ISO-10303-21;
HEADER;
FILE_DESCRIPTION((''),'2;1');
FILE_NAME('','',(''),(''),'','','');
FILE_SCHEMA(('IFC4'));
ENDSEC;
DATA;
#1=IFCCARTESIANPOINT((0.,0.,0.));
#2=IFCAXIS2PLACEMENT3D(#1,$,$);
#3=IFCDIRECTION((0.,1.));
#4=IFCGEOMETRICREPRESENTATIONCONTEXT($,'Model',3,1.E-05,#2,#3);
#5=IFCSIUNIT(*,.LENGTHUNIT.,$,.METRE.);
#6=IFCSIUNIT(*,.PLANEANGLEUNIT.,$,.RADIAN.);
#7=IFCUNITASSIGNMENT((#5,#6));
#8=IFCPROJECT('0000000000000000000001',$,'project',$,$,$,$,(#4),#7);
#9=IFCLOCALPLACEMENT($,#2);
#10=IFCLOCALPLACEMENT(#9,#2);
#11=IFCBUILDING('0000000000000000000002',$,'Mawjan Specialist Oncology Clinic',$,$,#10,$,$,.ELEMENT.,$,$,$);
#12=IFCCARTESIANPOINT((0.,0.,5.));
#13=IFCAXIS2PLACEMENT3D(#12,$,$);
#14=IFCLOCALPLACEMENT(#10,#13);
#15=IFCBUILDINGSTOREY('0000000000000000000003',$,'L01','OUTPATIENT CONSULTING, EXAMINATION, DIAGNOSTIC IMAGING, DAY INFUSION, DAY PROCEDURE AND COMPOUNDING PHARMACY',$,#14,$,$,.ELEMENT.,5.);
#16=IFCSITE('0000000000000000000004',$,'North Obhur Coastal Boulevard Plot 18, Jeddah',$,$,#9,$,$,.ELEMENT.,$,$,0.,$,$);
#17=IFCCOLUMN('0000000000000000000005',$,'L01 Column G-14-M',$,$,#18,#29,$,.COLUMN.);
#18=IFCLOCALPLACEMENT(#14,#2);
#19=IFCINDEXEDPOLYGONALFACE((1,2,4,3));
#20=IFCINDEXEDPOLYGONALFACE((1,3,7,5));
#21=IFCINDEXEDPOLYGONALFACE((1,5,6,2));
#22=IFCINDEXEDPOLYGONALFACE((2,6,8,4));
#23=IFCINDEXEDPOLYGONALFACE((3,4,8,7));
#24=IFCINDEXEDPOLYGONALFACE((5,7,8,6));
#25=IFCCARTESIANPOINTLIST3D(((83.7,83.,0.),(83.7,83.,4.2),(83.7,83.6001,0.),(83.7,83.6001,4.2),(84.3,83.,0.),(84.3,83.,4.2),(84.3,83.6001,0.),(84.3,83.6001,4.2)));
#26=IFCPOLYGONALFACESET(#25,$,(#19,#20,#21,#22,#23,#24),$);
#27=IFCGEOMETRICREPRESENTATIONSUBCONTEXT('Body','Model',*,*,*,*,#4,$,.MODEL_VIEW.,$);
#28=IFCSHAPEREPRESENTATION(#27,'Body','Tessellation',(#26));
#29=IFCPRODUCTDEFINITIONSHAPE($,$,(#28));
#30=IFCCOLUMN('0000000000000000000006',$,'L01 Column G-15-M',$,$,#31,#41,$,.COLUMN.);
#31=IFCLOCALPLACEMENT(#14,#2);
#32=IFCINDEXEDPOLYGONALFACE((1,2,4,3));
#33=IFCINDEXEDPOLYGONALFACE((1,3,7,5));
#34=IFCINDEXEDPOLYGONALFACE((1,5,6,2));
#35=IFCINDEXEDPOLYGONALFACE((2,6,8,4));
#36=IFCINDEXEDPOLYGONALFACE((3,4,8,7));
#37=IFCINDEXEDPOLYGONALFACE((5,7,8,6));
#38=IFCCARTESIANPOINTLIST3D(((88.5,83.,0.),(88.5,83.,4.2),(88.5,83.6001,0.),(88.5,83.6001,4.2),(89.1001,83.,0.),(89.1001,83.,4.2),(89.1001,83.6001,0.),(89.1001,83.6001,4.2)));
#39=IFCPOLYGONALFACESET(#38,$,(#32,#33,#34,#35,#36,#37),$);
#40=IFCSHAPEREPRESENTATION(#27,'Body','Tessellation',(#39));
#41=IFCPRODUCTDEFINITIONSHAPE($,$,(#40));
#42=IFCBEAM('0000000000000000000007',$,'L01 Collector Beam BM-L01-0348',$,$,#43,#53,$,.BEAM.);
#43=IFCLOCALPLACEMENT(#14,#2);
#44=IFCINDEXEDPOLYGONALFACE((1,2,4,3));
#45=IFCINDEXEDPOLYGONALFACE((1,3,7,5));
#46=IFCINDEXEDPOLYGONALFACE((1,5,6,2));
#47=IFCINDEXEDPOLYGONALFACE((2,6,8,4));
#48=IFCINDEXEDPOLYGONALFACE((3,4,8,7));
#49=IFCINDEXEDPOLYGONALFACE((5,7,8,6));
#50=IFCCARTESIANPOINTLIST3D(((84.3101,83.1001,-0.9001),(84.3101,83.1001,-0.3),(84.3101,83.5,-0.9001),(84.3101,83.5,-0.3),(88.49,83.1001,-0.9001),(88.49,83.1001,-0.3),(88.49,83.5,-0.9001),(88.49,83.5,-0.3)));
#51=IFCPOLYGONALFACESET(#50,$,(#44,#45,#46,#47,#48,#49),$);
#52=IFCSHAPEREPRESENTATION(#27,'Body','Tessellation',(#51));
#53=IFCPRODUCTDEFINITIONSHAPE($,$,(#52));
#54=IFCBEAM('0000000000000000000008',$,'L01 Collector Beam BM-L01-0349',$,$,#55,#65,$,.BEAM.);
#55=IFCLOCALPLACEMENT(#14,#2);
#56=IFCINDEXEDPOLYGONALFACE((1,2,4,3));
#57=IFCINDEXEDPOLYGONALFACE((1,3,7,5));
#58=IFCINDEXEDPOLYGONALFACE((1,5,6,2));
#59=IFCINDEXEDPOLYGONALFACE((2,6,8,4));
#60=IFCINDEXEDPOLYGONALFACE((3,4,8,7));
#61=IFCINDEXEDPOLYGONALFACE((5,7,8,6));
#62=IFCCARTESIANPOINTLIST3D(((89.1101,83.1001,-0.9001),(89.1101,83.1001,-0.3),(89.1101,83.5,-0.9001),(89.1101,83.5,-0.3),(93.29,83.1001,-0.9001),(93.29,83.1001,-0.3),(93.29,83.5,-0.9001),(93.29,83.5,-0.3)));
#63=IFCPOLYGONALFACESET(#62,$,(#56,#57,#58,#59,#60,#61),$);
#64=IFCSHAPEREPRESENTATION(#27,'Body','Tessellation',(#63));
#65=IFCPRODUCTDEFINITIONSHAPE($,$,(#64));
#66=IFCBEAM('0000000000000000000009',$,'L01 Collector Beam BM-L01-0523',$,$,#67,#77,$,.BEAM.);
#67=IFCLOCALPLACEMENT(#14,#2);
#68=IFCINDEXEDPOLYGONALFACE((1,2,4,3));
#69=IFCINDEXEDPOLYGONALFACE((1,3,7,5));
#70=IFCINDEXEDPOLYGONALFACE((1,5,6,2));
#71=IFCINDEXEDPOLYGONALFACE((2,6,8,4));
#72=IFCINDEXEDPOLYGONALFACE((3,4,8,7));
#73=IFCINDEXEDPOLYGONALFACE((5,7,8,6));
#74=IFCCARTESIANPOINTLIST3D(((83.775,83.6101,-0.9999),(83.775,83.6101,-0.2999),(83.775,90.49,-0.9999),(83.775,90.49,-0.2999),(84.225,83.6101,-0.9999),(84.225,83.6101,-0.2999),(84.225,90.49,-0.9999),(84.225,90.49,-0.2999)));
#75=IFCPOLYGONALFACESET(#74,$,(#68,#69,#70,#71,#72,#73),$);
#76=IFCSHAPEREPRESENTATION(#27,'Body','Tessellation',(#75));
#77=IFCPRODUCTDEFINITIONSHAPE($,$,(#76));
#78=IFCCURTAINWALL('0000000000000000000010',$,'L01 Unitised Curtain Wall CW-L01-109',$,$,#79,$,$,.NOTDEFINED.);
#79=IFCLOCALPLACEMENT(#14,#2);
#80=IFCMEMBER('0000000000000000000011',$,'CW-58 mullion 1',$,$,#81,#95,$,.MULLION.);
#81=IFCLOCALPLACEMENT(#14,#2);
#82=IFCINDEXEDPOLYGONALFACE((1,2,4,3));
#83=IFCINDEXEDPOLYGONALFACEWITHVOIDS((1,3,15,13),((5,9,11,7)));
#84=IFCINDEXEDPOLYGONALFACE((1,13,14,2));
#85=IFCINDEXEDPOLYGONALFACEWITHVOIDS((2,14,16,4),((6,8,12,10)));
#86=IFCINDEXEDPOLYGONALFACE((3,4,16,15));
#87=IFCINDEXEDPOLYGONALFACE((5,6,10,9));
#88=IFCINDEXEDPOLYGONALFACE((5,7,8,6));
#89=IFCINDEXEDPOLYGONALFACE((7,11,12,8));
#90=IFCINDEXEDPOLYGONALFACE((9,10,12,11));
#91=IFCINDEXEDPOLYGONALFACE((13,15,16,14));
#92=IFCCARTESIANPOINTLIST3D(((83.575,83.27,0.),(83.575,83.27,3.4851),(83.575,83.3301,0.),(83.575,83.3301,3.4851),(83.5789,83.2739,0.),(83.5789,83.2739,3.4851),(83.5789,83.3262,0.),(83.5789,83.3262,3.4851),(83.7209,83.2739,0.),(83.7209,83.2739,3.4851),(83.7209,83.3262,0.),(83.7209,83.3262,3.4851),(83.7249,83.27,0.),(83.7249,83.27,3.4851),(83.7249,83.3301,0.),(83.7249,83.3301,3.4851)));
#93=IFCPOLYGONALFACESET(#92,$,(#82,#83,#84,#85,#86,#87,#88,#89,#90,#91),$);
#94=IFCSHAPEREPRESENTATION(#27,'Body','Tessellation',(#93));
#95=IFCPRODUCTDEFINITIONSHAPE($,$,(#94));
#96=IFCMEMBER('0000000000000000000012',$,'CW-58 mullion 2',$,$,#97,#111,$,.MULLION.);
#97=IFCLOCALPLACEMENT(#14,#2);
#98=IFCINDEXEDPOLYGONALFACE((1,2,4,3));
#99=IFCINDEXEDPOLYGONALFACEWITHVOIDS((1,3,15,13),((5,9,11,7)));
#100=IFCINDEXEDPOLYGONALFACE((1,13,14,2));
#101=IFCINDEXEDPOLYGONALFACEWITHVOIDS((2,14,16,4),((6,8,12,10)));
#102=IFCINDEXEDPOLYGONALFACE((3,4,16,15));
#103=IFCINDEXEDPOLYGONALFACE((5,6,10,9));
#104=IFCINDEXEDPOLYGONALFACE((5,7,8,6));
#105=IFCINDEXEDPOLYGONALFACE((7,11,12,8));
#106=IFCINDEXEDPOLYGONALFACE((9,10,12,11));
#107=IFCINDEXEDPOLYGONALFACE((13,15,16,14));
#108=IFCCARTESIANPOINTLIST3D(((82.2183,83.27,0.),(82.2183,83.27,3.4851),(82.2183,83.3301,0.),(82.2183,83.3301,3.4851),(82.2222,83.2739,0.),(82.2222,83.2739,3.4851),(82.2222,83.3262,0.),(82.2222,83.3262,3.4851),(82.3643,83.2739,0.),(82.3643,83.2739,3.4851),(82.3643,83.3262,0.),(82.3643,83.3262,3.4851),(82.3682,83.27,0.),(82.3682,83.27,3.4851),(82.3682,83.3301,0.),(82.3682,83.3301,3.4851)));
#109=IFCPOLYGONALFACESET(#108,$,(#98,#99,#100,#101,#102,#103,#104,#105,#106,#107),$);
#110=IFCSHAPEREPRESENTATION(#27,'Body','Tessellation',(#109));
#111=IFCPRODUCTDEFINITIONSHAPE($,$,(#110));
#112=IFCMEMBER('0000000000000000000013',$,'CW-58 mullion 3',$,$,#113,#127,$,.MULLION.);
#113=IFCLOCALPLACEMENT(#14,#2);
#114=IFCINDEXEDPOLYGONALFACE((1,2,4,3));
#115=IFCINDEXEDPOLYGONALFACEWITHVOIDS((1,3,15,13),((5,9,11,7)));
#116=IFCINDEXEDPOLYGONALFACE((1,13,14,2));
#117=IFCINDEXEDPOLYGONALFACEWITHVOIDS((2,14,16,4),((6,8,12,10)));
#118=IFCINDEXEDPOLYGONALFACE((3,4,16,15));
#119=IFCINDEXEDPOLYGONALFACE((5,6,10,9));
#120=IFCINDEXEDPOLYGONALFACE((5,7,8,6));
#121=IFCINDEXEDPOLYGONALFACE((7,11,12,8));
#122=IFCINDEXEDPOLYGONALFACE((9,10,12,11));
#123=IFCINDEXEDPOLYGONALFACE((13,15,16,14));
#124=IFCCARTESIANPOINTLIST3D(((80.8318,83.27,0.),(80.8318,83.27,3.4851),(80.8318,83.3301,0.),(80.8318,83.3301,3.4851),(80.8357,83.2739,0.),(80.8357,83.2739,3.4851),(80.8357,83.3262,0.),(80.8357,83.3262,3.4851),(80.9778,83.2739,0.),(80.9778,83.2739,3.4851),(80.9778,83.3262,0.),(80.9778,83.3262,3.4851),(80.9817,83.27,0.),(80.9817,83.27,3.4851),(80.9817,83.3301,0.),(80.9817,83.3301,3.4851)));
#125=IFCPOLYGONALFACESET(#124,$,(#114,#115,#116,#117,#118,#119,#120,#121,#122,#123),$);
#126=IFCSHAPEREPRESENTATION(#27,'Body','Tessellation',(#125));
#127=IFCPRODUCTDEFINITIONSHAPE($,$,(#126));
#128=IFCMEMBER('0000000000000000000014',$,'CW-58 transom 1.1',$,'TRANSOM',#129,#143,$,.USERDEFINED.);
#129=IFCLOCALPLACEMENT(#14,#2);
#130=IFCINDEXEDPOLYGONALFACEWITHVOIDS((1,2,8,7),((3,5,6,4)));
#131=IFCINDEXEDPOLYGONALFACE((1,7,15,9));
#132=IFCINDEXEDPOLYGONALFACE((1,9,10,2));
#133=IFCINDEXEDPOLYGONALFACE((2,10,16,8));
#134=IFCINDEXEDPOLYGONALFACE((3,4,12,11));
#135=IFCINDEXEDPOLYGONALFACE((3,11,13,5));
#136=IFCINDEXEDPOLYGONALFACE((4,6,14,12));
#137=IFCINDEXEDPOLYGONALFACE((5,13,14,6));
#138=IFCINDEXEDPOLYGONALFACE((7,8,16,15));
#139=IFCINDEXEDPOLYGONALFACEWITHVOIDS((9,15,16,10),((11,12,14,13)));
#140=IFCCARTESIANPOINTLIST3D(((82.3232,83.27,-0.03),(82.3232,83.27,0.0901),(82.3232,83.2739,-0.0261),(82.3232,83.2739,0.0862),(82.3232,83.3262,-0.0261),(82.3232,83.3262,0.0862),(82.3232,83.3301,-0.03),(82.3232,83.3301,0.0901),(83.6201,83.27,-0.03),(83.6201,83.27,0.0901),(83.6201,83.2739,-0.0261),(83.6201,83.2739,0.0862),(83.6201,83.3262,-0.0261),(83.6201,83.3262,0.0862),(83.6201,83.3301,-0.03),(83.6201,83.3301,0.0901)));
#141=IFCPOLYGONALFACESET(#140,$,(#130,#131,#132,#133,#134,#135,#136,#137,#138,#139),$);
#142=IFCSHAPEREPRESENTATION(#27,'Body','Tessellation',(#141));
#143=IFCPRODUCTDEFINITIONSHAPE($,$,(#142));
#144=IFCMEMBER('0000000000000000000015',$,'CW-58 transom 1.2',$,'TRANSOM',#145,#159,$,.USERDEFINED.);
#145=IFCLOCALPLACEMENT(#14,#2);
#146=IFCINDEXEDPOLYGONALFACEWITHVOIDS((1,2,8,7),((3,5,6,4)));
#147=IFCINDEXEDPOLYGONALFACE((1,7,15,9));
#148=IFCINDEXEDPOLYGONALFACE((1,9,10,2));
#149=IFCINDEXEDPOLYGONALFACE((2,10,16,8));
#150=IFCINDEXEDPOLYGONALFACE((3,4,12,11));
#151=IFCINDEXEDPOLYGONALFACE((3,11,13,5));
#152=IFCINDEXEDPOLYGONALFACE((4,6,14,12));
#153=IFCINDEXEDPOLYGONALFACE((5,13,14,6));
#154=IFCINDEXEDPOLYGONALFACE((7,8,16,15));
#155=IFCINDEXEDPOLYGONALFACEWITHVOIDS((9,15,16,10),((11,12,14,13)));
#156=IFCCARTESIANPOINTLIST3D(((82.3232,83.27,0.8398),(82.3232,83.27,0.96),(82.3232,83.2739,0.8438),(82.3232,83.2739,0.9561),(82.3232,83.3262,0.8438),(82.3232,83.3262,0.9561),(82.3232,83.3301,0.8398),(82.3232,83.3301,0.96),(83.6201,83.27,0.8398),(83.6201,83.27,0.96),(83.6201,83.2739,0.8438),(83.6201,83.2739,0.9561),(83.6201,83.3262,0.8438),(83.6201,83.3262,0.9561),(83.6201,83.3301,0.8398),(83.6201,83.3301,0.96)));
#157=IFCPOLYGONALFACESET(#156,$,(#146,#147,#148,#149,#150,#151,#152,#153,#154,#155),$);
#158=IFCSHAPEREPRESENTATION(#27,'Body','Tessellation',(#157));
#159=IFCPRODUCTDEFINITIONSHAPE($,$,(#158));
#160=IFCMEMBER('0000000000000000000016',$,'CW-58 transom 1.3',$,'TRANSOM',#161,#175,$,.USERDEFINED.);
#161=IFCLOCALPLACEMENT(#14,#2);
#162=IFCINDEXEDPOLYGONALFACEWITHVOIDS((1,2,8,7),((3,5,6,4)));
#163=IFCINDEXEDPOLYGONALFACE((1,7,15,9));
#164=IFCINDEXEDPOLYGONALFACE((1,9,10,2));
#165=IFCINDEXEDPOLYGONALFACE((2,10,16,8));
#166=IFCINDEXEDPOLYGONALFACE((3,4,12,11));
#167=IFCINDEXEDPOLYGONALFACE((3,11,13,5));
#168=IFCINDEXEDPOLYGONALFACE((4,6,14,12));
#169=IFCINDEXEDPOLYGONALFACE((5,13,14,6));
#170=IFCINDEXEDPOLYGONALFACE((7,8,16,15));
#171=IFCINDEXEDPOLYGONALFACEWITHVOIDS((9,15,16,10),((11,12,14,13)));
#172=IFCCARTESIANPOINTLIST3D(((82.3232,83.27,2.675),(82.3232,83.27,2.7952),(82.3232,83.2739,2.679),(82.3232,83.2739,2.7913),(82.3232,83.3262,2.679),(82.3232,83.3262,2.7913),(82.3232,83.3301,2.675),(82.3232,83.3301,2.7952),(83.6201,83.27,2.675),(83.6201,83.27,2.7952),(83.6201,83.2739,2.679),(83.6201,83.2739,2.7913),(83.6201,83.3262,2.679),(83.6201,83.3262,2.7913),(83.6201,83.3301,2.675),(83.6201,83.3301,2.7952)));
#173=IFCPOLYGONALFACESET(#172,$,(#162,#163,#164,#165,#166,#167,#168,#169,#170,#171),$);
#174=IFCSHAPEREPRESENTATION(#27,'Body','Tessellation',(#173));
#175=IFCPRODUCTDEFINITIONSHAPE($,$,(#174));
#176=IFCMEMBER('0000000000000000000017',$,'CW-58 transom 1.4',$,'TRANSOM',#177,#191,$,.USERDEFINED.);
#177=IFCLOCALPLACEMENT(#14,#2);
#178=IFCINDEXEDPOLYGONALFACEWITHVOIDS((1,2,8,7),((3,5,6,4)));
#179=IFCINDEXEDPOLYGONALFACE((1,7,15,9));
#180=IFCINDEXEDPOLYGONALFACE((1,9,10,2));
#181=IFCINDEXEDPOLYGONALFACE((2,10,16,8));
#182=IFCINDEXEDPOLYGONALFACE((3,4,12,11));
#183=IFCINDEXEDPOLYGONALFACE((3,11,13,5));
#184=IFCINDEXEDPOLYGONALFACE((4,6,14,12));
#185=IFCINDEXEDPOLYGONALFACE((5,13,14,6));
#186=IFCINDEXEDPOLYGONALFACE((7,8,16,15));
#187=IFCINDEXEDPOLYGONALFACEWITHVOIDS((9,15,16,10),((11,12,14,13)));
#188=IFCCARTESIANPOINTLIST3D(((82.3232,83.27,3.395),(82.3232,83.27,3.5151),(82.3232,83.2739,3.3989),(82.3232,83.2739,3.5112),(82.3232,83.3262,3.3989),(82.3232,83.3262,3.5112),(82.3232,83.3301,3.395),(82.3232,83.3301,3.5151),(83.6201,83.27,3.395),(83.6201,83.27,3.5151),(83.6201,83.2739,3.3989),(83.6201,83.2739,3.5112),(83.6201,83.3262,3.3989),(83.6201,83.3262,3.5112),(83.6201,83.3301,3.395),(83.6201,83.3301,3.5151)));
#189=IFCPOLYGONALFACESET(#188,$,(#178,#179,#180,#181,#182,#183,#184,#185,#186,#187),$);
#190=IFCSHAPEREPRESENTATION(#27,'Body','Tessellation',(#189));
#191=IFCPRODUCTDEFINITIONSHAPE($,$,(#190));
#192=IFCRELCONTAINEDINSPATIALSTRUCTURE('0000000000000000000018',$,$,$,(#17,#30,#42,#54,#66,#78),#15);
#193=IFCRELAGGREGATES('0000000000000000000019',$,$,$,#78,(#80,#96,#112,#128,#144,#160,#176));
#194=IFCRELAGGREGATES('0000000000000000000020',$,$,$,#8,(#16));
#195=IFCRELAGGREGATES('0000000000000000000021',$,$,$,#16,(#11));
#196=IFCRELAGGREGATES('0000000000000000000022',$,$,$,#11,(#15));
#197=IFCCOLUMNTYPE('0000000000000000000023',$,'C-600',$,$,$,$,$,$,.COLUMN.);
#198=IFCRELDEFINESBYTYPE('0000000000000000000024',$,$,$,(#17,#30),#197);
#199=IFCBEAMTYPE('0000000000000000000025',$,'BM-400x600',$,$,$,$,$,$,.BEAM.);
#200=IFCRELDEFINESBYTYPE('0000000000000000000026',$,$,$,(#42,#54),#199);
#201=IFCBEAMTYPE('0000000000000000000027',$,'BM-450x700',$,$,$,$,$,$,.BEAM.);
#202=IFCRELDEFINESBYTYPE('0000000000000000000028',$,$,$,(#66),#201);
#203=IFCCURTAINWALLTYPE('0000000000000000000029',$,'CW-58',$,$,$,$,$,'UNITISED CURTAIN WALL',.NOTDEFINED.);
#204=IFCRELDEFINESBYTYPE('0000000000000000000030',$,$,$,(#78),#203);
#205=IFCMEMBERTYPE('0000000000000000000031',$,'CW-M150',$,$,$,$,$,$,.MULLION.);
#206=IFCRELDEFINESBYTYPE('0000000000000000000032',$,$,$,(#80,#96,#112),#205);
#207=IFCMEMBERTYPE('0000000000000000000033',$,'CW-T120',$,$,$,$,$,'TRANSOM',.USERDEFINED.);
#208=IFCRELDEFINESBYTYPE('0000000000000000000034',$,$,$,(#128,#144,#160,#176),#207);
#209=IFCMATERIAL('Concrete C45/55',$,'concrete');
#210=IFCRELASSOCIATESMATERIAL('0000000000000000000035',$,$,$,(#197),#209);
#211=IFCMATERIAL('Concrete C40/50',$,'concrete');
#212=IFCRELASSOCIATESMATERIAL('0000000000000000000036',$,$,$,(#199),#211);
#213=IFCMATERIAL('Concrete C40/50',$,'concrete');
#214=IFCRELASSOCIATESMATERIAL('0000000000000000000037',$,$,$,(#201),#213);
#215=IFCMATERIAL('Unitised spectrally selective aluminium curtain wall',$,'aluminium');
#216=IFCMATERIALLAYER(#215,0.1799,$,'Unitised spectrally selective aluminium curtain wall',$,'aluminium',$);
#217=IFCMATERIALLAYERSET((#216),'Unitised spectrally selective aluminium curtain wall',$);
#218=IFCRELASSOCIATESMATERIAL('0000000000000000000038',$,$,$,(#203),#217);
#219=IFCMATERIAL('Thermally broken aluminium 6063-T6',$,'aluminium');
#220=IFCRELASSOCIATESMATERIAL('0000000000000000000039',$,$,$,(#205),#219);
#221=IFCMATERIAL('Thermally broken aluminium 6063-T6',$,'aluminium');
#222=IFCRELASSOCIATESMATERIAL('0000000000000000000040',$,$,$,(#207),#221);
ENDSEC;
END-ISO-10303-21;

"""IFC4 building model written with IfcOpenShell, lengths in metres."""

from ifc_helpers import new_model, si_unit, direction, frame, origin, origin_2d, place, context, subcontext, project, spatial, rectangle, hollow_rectangle, extrude, material, layer, layer_set, material_profile, profile_set, type_object, element, aggregate, save


model = new_model("IFC4")

# Units and contexts
model_context = context("Model", 3, precision=1e-05, world=origin(), true_north=direction((0.0, 1.0)))
body_context = subcontext(model_context, "Body", "Model", "MODEL_VIEW")
ifc_project = project(units=[si_unit("LENGTHUNIT", "METRE"), si_unit("PLANEANGLEUNIT", "RADIAN")], contexts=[model_context])

# Site, building, storey
site_placement = place(None, origin())
site = spatial("IfcSite", under=ifc_project, at=site_placement, Name="North Obhur Coastal Boulevard Plot 18, Jeddah", CompositionType="ELEMENT", RefElevation=0.0)
building_placement = place(site_placement, origin())
building = spatial("IfcBuilding", under=site, at=building_placement, Name="Mawjan Specialist Oncology Clinic", CompositionType="ELEMENT")
storey_placement = place(building_placement, frame((0.0, 0.0, 5.0)))
storey = spatial("IfcBuildingStorey", under=building, at=storey_placement, Name="L01", Description="OUTPATIENT CONSULTING, EXAMINATION, DIAGNOSTIC IMAGING, DAY INFUSION, DAY PROCEDURE AND COMPOUNDING PHARMACY", CompositionType="ELEMENT", Elevation=5.0)

# Columns
ifc_material_1 = material(Name="Concrete C45/55", Category="concrete")
ifc_material_profile_1 = material_profile(ifc_material_1, rectangle(XDim=0.6001, YDim=0.6001, at=origin_2d()), Name="RC COL 600x600", Category="concrete")
ifc_profile_set_1 = profile_set([ifc_material_profile_1], Name="Concrete C45/55")
column_type = type_object("IfcColumnType", Name="C-600", PredefinedType="COLUMN", material=ifc_profile_set_1)
for number, where, z_axis, x_axis, name in (
    (1, (84.0, 83.3, 0.0), (0.0, 0.0, 1.0), (1.0, 0.0, 0.0), "L01 Column G-14-M"),
    (2, (88.8, 83.3, 0.0), (0.0, 0.0, 1.0), (1.0, 0.0, 0.0), "L01 Column G-15-M"),
):
    element("IfcColumn", number, at=place(storey_placement, frame(where, z_axis=z_axis, x_axis=x_axis)), inside=storey, type_object=column_type, Name=name, PredefinedType="COLUMN", context=body_context, shape_type="SweptSolid", body=[
        extrude(rectangle(XDim=0.6001, YDim=0.6001, at=origin_2d()), origin(), (0.0, 0.0, 1.0), 4.2),
    ])

# Beams
ifc_material_2 = material(Name="Concrete C40/50", Category="concrete")
ifc_material_profile_2 = material_profile(ifc_material_2, rectangle(XDim=0.3999, YDim=0.6001, at=origin_2d()), Name="RC BM 400x600", Category="concrete")
ifc_profile_set_2 = profile_set([ifc_material_profile_2], Name="Concrete C40/50")
beam_type_1 = type_object("IfcBeamType", Name="BM-400x600", PredefinedType="BEAM", material=ifc_profile_set_2)
for number, where, z_axis, x_axis, name in (
    (3, (84.3101, 83.3, -0.6001), (1.0, 0.0, 0.0), (0.0, 1.0, 0.0), "L01 Collector Beam BM-L01-0348"),
    (4, (89.1101, 83.3, -0.6001), (1.0, 0.0, 0.0), (0.0, 1.0, 0.0), "L01 Collector Beam BM-L01-0349"),
):
    element("IfcBeam", number, at=place(storey_placement, frame(where, z_axis=z_axis, x_axis=x_axis)), inside=storey, type_object=beam_type_1, Name=name, PredefinedType="BEAM", context=body_context, shape_type="SweptSolid", body=[
        extrude(rectangle(XDim=0.3999, YDim=0.6001, at=origin_2d()), origin(), (0.0, 0.0, 1.0), 4.1799),
    ])
ifc_material_3 = material(Name="Concrete C40/50", Category="concrete")
ifc_material_profile_3 = material_profile(ifc_material_3, rectangle(XDim=0.45, YDim=0.7, at=origin_2d()), Name="RC BM 450x700", Category="concrete")
ifc_profile_set_3 = profile_set([ifc_material_profile_3], Name="Concrete C40/50")
beam_type_2 = type_object("IfcBeamType", Name="BM-450x700", PredefinedType="BEAM", material=ifc_profile_set_3)
beam_placement = place(storey_placement, frame((84.0, 83.6101, -0.6499), z_axis=(0.0, 1.0, 0.0), x_axis=(-1.0, 0.0, 0.0)))
element("IfcBeam", 5, at=beam_placement, inside=storey, type_object=beam_type_2, Name="L01 Collector Beam BM-L01-0523", PredefinedType="BEAM", context=body_context, shape_type="SweptSolid", body=[
    extrude(rectangle(XDim=0.45, YDim=0.7, at=origin_2d()), origin(), (0.0, 0.0, 1.0), 6.8799),
])

# Curtain wall, members
ifc_material_4 = material(Name="Unitised spectrally selective aluminium curtain wall", Category="aluminium")
ifc_layer_1 = layer(ifc_material_4, 0.1799, Name="Unitised spectrally selective aluminium curtain wall", Category="aluminium")
ifc_layer_set_1 = layer_set([ifc_layer_1], Name="Unitised spectrally selective aluminium curtain wall")
curtain_wall_type = type_object("IfcCurtainWallType", Name="CW-58", ElementType="UNITISED CURTAIN WALL", PredefinedType="NOTDEFINED", material=ifc_layer_set_1)
curtain_wall_placement = place(storey_placement, origin())
curtain_wall = element("IfcCurtainWall", 6, at=curtain_wall_placement, inside=storey, type_object=curtain_wall_type, Name="L01 Unitised Curtain Wall CW-L01-109", PredefinedType="NOTDEFINED")
ifc_material_5 = material(Name="Thermally broken aluminium 6063-T6", Category="aluminium")
ifc_material_profile_4 = material_profile(ifc_material_5, hollow_rectangle(XDim=0.0601, YDim=0.1499, WallThickness=0.0039, at=origin_2d()), Name="ALU MULLION 150x60x4", Category="aluminium")
ifc_profile_set_4 = profile_set([ifc_material_profile_4], Name="Thermally broken aluminium 6063-T6")
member_type_1 = type_object("IfcMemberType", Name="CW-M150", PredefinedType="MULLION", material=ifc_profile_set_4)
member_1_placement = place(storey_placement, frame((83.6499, 83.3, 0.0), z_axis=(0.0, 0.0, 1.0), x_axis=(0.0, -1.0, 0.0)))
member_1 = element("IfcMember", 7, at=member_1_placement, type_object=member_type_1, Name="CW-58 mullion 1", PredefinedType="MULLION", context=body_context, shape_type="SweptSolid", body=[
    extrude(hollow_rectangle(XDim=0.0601, YDim=0.1499, WallThickness=0.0039, at=origin_2d()), origin(), (0.0, 0.0, 1.0), 3.4851),
])
member_2_placement = place(storey_placement, frame((82.2932, 83.3, 0.0), z_axis=(0.0, 0.0, 1.0), x_axis=(0.0, -1.0, 0.0)))
member_2 = element("IfcMember", 8, at=member_2_placement, type_object=member_type_1, Name="CW-58 mullion 2", PredefinedType="MULLION", context=body_context, shape_type="SweptSolid", body=[
    extrude(hollow_rectangle(XDim=0.0601, YDim=0.1499, WallThickness=0.0039, at=origin_2d()), origin(), (0.0, 0.0, 1.0), 3.4851),
])
member_3_placement = place(storey_placement, frame((80.9067, 83.3, 0.0), z_axis=(0.0, 0.0, 1.0), x_axis=(0.0, -1.0, 0.0)))
member_3 = element("IfcMember", 9, at=member_3_placement, type_object=member_type_1, Name="CW-58 mullion 3", PredefinedType="MULLION", context=body_context, shape_type="SweptSolid", body=[
    extrude(hollow_rectangle(XDim=0.0601, YDim=0.1499, WallThickness=0.0039, at=origin_2d()), origin(), (0.0, 0.0, 1.0), 3.4851),
])
ifc_material_6 = material(Name="Thermally broken aluminium 6063-T6", Category="aluminium")
ifc_material_profile_5 = material_profile(ifc_material_6, hollow_rectangle(XDim=0.0601, YDim=0.1201, WallThickness=0.0039, at=origin_2d()), Name="ALU TRANSOM 120x60x4", Category="aluminium")
ifc_profile_set_5 = profile_set([ifc_material_profile_5], Name="Thermally broken aluminium 6063-T6")
member_type_2 = type_object("IfcMemberType", Name="CW-T120", ElementType="TRANSOM", PredefinedType="USERDEFINED", material=ifc_profile_set_5)
member_4_placement = place(storey_placement, frame((83.6201, 83.3, 0.03), z_axis=(-1.0, 0.0, 0.0), x_axis=(0.0, -1.0, 0.0)))
member_4 = element("IfcMember", 10, at=member_4_placement, type_object=member_type_2, Name="CW-58 transom 1.1", ObjectType="TRANSOM", PredefinedType="USERDEFINED", context=body_context, shape_type="SweptSolid", body=[
    extrude(hollow_rectangle(XDim=0.0601, YDim=0.1201, WallThickness=0.0039, at=origin_2d()), origin(), (0.0, 0.0, 1.0), 1.2969),
])
member_5_placement = place(storey_placement, frame((83.6201, 83.3, 0.8999), z_axis=(-1.0, 0.0, 0.0), x_axis=(0.0, -1.0, 0.0)))
member_5 = element("IfcMember", 11, at=member_5_placement, type_object=member_type_2, Name="CW-58 transom 1.2", ObjectType="TRANSOM", PredefinedType="USERDEFINED", context=body_context, shape_type="SweptSolid", body=[
    extrude(hollow_rectangle(XDim=0.0601, YDim=0.1201, WallThickness=0.0039, at=origin_2d()), origin(), (0.0, 0.0, 1.0), 1.2969),
])
member_6_placement = place(storey_placement, frame((83.6201, 83.3, 2.7351), z_axis=(-1.0, 0.0, 0.0), x_axis=(0.0, -1.0, 0.0)))
member_6 = element("IfcMember", 12, at=member_6_placement, type_object=member_type_2, Name="CW-58 transom 1.3", ObjectType="TRANSOM", PredefinedType="USERDEFINED", context=body_context, shape_type="SweptSolid", body=[
    extrude(hollow_rectangle(XDim=0.0601, YDim=0.1201, WallThickness=0.0039, at=origin_2d()), origin(), (0.0, 0.0, 1.0), 1.2969),
])
member_7_placement = place(storey_placement, frame((83.6201, 83.3, 3.4551), z_axis=(-1.0, 0.0, 0.0), x_axis=(0.0, -1.0, 0.0)))
member_7 = element("IfcMember", 13, at=member_7_placement, type_object=member_type_2, Name="CW-58 transom 1.4", ObjectType="TRANSOM", PredefinedType="USERDEFINED", context=body_context, shape_type="SweptSolid", body=[
    extrude(hollow_rectangle(XDim=0.0601, YDim=0.1201, WallThickness=0.0039, at=origin_2d()), origin(), (0.0, 0.0, 1.0), 1.2969),
])
aggregate(curtain_wall, [member_1, member_2, member_3, member_4, member_5, member_6, member_7])

save(model, "model.ifc")
